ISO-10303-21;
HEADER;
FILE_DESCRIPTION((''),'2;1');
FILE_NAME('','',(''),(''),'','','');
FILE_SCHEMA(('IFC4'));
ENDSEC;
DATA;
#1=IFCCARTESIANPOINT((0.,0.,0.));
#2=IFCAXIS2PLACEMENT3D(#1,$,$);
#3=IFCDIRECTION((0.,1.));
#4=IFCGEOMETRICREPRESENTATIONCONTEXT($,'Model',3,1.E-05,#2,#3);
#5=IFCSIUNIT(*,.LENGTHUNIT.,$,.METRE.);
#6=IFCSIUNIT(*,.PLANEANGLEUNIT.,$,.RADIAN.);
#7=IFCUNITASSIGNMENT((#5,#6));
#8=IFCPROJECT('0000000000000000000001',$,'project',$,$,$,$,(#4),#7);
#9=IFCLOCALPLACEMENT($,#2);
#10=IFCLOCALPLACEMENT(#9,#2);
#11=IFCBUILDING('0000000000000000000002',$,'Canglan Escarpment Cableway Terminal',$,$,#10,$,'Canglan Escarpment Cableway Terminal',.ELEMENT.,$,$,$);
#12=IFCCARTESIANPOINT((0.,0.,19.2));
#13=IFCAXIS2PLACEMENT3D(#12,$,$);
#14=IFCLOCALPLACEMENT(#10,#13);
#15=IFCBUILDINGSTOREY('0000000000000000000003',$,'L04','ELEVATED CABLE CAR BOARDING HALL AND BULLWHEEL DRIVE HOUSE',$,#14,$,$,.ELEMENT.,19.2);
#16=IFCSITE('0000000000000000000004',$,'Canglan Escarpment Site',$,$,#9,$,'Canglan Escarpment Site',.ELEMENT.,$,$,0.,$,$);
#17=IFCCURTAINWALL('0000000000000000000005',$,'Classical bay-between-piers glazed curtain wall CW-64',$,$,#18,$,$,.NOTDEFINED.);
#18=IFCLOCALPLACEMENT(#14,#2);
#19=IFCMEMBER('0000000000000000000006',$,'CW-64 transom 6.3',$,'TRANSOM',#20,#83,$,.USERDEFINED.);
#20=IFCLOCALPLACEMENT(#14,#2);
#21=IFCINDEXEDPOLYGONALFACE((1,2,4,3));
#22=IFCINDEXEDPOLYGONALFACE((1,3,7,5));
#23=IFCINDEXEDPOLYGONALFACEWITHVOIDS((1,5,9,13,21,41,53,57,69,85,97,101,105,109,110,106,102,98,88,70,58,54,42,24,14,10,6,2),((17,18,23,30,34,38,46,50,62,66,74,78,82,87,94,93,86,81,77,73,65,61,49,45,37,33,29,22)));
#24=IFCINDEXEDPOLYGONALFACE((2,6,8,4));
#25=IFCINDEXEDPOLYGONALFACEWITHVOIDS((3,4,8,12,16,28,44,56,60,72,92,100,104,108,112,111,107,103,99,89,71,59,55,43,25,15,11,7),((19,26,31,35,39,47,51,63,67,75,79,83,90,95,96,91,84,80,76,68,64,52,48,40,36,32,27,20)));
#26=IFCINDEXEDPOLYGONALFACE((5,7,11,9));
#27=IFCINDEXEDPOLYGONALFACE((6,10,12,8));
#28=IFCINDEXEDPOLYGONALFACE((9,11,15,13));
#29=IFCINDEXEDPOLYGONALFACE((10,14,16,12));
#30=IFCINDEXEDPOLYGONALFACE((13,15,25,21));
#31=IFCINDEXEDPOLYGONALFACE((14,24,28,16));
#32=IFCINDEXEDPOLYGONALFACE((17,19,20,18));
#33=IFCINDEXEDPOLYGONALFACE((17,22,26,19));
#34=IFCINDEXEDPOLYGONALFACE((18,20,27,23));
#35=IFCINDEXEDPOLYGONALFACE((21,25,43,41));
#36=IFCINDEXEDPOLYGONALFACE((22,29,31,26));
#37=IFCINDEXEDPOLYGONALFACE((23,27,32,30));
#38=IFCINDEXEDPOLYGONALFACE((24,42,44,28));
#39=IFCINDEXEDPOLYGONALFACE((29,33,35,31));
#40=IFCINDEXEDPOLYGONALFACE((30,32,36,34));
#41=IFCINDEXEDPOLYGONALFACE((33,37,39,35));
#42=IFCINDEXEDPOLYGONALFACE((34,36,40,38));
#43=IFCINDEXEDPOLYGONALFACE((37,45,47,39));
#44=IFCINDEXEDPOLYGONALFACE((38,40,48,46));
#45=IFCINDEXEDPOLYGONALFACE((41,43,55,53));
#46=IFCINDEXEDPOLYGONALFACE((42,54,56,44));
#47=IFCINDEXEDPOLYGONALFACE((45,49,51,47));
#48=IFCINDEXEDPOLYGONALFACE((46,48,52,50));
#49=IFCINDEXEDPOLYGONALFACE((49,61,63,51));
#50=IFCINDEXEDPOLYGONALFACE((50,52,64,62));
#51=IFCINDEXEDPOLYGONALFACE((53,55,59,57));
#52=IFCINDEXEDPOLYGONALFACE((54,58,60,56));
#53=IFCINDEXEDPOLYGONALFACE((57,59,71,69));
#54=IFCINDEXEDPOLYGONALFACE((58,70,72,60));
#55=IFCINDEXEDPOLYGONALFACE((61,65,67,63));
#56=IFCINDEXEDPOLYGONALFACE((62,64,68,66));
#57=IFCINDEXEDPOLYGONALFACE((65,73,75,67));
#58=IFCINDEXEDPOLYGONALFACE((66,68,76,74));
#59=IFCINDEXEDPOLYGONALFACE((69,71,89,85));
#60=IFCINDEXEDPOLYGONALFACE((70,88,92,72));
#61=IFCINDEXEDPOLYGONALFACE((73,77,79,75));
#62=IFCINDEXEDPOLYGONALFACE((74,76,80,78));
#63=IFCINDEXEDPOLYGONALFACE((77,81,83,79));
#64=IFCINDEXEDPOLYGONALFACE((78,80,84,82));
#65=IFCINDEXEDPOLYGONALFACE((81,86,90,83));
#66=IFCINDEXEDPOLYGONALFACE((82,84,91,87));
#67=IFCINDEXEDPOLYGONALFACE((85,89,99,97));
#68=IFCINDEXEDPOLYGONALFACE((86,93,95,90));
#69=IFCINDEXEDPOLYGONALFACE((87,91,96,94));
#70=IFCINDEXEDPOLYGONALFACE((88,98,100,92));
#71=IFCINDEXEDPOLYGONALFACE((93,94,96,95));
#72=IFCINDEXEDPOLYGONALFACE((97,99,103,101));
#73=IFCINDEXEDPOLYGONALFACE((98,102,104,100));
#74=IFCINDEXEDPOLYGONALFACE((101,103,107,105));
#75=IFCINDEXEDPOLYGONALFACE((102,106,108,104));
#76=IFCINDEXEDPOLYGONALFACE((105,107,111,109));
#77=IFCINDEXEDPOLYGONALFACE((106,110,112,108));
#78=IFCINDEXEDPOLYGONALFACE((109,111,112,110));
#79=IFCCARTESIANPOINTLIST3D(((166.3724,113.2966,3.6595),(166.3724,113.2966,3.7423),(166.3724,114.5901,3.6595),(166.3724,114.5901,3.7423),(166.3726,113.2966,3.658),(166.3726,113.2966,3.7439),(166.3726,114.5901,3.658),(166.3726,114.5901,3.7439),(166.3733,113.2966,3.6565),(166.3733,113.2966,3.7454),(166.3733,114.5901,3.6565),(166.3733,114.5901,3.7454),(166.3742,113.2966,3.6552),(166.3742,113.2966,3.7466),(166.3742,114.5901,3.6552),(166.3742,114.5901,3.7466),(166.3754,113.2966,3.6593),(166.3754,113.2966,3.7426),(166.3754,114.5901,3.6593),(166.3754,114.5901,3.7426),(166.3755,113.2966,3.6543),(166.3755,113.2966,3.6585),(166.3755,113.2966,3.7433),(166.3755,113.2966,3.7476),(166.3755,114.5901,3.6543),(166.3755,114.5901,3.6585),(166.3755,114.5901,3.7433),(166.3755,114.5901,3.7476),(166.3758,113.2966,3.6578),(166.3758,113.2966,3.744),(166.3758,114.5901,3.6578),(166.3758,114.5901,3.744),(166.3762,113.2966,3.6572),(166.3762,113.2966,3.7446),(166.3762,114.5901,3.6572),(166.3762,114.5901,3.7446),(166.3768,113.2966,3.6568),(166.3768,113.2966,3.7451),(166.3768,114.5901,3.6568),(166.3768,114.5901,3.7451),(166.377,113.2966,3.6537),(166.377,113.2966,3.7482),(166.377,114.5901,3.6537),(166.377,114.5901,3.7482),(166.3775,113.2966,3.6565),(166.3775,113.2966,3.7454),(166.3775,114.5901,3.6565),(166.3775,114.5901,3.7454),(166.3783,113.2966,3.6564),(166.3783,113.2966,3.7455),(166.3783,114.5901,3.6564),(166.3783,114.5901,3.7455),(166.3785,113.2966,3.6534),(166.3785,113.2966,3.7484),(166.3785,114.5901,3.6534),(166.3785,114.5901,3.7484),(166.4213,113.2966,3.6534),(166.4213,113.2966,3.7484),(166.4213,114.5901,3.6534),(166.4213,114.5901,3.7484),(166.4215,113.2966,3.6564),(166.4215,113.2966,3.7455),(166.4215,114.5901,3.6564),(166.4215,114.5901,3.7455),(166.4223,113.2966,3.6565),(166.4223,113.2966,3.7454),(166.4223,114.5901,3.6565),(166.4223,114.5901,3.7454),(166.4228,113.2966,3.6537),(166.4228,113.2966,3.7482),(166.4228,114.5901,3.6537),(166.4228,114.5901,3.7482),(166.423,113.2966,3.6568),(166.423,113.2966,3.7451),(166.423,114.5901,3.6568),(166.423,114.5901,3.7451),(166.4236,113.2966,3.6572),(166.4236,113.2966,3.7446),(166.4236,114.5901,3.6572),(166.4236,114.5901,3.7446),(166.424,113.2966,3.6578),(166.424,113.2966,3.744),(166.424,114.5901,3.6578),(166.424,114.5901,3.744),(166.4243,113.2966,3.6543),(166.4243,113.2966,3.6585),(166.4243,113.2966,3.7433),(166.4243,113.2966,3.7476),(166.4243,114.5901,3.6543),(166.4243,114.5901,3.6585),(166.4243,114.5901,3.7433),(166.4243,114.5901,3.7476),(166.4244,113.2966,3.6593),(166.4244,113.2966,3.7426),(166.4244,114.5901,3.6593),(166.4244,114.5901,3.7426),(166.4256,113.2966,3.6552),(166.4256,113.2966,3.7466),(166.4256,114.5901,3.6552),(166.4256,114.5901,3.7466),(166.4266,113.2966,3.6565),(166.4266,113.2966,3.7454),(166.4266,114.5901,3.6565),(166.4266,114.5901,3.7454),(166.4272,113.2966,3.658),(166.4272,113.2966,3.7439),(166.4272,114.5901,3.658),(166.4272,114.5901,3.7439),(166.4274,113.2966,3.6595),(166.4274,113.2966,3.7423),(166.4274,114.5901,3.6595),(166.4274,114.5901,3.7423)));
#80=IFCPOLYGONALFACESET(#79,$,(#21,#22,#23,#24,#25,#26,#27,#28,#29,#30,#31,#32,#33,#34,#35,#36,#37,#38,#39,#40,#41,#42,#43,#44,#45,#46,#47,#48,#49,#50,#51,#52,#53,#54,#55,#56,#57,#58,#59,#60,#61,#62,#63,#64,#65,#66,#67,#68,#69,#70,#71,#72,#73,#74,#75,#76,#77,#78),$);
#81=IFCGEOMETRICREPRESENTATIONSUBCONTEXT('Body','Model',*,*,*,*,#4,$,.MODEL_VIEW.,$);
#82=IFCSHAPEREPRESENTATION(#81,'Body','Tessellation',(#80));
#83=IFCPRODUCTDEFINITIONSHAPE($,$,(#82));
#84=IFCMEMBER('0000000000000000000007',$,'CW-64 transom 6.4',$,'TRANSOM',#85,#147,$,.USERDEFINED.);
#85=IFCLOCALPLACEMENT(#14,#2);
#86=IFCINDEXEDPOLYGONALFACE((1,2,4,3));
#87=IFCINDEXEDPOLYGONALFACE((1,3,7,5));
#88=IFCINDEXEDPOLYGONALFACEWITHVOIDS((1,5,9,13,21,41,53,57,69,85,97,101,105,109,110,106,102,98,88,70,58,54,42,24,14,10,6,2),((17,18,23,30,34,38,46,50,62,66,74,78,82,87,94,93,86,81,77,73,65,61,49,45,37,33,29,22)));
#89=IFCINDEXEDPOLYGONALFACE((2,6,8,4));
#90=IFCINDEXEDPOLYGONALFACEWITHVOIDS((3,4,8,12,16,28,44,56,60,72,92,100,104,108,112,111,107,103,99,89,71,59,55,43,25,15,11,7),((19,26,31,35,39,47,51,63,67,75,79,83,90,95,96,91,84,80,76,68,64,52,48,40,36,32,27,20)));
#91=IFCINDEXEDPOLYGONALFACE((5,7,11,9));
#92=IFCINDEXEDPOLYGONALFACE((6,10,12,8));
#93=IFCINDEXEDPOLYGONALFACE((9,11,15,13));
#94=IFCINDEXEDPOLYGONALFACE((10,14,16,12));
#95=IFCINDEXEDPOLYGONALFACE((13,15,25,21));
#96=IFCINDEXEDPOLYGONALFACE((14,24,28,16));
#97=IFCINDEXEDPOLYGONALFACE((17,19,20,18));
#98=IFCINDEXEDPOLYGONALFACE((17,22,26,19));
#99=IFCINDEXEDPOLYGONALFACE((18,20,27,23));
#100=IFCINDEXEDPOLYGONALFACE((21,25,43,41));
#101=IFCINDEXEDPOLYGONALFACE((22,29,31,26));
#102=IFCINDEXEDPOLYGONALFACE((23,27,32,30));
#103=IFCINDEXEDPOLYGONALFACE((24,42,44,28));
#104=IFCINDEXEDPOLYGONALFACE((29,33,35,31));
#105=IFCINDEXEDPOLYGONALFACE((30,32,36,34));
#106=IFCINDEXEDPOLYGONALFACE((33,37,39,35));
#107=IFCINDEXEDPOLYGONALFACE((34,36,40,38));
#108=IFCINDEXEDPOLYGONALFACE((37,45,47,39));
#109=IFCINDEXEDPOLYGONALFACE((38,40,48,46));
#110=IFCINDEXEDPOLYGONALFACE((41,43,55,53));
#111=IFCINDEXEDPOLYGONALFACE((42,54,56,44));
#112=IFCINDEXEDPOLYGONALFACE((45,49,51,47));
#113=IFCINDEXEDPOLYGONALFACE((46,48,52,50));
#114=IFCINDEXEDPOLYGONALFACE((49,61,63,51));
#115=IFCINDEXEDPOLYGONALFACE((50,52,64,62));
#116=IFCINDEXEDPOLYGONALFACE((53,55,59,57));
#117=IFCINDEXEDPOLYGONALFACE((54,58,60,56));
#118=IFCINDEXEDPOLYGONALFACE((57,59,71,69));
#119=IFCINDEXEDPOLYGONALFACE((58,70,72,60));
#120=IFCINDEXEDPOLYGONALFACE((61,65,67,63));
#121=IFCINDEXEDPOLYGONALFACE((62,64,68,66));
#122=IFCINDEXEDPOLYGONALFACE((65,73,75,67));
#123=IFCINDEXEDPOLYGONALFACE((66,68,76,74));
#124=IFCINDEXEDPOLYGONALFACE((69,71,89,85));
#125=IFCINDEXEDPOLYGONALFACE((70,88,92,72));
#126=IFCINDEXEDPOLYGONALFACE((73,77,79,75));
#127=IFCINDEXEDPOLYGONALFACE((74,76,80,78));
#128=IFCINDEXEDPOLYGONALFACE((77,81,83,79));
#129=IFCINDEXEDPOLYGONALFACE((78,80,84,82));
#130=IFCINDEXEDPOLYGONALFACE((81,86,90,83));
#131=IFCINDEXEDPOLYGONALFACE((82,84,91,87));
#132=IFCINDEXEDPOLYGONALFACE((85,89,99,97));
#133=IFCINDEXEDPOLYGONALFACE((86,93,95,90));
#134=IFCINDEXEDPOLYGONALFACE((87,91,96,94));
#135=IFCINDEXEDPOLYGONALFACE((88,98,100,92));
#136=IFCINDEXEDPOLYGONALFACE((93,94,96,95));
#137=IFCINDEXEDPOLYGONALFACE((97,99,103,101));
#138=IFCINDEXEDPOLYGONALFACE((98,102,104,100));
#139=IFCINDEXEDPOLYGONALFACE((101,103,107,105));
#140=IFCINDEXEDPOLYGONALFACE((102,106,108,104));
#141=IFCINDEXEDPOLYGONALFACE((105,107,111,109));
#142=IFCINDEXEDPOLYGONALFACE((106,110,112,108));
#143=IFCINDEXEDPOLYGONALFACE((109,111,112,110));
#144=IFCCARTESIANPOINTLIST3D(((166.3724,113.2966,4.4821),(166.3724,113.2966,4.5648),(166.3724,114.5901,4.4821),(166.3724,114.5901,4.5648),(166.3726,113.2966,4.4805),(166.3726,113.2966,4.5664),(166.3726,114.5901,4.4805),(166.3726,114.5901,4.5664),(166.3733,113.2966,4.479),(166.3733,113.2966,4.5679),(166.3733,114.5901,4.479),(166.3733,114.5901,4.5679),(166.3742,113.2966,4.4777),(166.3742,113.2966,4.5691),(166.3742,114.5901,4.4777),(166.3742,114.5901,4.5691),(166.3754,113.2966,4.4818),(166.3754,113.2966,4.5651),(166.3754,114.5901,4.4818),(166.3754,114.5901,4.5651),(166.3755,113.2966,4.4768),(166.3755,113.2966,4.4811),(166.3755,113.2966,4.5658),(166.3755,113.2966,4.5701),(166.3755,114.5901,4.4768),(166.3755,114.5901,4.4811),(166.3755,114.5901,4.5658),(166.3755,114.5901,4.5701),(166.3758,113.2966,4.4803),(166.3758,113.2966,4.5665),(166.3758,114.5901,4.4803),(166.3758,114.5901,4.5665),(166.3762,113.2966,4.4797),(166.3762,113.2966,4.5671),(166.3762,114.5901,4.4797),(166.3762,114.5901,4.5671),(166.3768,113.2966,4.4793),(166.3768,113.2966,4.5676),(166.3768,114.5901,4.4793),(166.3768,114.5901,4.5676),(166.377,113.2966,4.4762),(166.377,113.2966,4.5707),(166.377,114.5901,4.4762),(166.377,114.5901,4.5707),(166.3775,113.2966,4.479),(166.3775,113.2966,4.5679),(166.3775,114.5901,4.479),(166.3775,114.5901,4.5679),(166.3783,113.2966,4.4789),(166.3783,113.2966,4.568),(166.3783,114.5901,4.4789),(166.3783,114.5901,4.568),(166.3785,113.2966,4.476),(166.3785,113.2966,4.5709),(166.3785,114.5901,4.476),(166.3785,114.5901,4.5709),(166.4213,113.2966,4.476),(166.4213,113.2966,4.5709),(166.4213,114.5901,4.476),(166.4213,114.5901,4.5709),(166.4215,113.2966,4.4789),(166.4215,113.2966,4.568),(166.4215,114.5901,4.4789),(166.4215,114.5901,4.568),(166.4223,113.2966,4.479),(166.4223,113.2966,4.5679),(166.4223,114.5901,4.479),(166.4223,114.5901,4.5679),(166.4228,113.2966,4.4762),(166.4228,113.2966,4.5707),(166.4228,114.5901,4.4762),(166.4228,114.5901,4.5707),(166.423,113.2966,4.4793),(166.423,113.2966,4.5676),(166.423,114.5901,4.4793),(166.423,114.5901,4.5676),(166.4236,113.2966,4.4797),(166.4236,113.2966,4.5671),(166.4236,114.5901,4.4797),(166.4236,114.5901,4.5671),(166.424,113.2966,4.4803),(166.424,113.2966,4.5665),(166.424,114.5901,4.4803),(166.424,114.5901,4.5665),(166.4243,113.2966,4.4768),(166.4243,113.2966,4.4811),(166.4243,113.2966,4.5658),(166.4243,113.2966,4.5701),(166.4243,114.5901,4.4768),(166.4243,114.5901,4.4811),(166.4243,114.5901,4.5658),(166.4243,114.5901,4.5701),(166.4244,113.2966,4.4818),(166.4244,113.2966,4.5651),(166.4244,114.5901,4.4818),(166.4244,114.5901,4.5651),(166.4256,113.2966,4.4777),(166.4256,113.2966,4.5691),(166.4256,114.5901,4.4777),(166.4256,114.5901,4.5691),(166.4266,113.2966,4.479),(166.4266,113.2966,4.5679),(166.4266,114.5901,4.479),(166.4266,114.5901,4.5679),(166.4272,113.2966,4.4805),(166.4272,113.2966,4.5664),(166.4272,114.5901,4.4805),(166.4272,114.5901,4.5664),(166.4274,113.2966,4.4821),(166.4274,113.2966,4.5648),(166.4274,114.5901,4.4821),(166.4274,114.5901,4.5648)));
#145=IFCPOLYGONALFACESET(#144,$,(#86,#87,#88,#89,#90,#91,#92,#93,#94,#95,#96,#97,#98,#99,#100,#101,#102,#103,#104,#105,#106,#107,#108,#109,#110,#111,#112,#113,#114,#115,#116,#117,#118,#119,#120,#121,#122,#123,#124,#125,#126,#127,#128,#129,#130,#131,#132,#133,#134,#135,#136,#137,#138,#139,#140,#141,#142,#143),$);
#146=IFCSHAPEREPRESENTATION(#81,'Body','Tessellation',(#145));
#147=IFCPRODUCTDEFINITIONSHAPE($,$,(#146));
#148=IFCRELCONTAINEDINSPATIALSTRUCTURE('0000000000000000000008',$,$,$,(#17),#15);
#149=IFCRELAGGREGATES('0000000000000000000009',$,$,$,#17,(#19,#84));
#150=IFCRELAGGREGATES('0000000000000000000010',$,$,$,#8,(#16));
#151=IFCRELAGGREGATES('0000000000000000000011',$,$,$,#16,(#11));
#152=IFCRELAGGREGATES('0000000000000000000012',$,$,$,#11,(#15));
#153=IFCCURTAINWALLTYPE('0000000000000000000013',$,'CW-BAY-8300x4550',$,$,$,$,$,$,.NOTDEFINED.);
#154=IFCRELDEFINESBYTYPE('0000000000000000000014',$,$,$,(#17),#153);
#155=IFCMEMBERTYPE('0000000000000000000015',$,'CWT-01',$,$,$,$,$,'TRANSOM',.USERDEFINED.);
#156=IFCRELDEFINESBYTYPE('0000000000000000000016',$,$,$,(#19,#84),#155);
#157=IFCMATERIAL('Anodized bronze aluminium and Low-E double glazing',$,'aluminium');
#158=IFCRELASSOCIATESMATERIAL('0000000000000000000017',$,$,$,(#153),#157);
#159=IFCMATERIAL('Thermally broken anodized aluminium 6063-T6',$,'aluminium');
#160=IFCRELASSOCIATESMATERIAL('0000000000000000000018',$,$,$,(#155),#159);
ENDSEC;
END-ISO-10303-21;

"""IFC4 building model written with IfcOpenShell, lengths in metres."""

from ifc_helpers import new_model, si_unit, direction, frame, origin, origin_2d, place, context, subcontext, project, spatial, hollow_rectangle, extrude, material, material_profile, profile_set, type_object, element, aggregate, save


model = new_model("IFC4")

# Units and contexts
model_context = context("Model", 3, precision=1e-05, world=origin(), true_north=direction((0.0, 1.0)))
body_context = subcontext(model_context, "Body", "Model", "MODEL_VIEW")
ifc_project = project(units=[si_unit("LENGTHUNIT", "METRE"), si_unit("PLANEANGLEUNIT", "RADIAN")], contexts=[model_context])

# Site, building, storey
site_placement = place(None, origin())
site = spatial("IfcSite", under=ifc_project, at=site_placement, Name="Canglan Escarpment Site", LongName="Canglan Escarpment Site", CompositionType="ELEMENT", RefElevation=0.0)
building_placement = place(site_placement, origin())
building = spatial("IfcBuilding", under=site, at=building_placement, Name="Canglan Escarpment Cableway Terminal", LongName="Canglan Escarpment Cableway Terminal", CompositionType="ELEMENT")
storey_placement = place(building_placement, frame((0.0, 0.0, 19.2)))
storey = spatial("IfcBuildingStorey", under=building, at=storey_placement, Name="L04", Description="ELEVATED CABLE CAR BOARDING HALL AND BULLWHEEL DRIVE HOUSE", CompositionType="ELEMENT", Elevation=19.2)

# Curtain wall
ifc_material_1 = material(Name="Anodized bronze aluminium and Low-E double glazing", Category="aluminium")
curtain_wall_type = type_object("IfcCurtainWallType", Name="CW-BAY-8300x4550", PredefinedType="NOTDEFINED", material=ifc_material_1)
curtain_wall_1_placement = place(storey_placement, origin())
curtain_wall_1 = element("IfcCurtainWall", 1, at=curtain_wall_1_placement, inside=storey, type_object=curtain_wall_type, Name="Classical bay-between-piers glazed curtain wall CW-64", PredefinedType="NOTDEFINED")
ifc_material_2 = material(Name="Thermally broken anodized aluminium 6063-T6", Category="aluminium")

# Members
ifc_material_profile_1 = material_profile(ifc_material_2, hollow_rectangle(XDim=0.0549, YDim=0.095, WallThickness=0.0029, InnerFilletRadius=0.0029, OuterFilletRadius=0.0061, at=origin_2d()), Name="ALU-TRAN 55x95x3")
ifc_profile_set_1 = profile_set([ifc_material_profile_1], Name="Thermally broken anodized aluminium 6063-T6")
member_type_1 = type_object("IfcMemberType", Name="CWT-01", ElementType="TRANSOM", PredefinedType="USERDEFINED", material=ifc_profile_set_1)
member_1_placement = place(storey_placement, frame((166.3999, 113.2966, 3.7009), z_axis=(0.0, 1.0, 0.0), x_axis=(-1.0, 0.0, 0.0)))
member_1 = element("IfcMember", 2, at=member_1_placement, type_object=member_type_1, Name="CW-64 transom 6.3", ObjectType="TRANSOM", PredefinedType="USERDEFINED", context=body_context, shape_type="SweptSolid", body=[
    extrude(hollow_rectangle(XDim=0.0549, YDim=0.095, WallThickness=0.0029, InnerFilletRadius=0.0029, OuterFilletRadius=0.0061, at=origin_2d()), origin(), (0.0, 0.0, 1.0), 1.2935),
])
member_2_placement = place(storey_placement, frame((166.3999, 113.2966, 4.5234), z_axis=(0.0, 1.0, 0.0), x_axis=(-1.0, 0.0, 0.0)))
member_2 = element("IfcMember", 3, at=member_2_placement, type_object=member_type_1, Name="CW-64 transom 6.4", ObjectType="TRANSOM", PredefinedType="USERDEFINED", context=body_context, shape_type="SweptSolid", body=[
    extrude(hollow_rectangle(XDim=0.0549, YDim=0.095, WallThickness=0.0029, InnerFilletRadius=0.0029, OuterFilletRadius=0.0061, at=origin_2d()), origin(), (0.0, 0.0, 1.0), 1.2935),
])

aggregate(curtain_wall_1, [member_1, member_2])

save(model, "model.ifc")
